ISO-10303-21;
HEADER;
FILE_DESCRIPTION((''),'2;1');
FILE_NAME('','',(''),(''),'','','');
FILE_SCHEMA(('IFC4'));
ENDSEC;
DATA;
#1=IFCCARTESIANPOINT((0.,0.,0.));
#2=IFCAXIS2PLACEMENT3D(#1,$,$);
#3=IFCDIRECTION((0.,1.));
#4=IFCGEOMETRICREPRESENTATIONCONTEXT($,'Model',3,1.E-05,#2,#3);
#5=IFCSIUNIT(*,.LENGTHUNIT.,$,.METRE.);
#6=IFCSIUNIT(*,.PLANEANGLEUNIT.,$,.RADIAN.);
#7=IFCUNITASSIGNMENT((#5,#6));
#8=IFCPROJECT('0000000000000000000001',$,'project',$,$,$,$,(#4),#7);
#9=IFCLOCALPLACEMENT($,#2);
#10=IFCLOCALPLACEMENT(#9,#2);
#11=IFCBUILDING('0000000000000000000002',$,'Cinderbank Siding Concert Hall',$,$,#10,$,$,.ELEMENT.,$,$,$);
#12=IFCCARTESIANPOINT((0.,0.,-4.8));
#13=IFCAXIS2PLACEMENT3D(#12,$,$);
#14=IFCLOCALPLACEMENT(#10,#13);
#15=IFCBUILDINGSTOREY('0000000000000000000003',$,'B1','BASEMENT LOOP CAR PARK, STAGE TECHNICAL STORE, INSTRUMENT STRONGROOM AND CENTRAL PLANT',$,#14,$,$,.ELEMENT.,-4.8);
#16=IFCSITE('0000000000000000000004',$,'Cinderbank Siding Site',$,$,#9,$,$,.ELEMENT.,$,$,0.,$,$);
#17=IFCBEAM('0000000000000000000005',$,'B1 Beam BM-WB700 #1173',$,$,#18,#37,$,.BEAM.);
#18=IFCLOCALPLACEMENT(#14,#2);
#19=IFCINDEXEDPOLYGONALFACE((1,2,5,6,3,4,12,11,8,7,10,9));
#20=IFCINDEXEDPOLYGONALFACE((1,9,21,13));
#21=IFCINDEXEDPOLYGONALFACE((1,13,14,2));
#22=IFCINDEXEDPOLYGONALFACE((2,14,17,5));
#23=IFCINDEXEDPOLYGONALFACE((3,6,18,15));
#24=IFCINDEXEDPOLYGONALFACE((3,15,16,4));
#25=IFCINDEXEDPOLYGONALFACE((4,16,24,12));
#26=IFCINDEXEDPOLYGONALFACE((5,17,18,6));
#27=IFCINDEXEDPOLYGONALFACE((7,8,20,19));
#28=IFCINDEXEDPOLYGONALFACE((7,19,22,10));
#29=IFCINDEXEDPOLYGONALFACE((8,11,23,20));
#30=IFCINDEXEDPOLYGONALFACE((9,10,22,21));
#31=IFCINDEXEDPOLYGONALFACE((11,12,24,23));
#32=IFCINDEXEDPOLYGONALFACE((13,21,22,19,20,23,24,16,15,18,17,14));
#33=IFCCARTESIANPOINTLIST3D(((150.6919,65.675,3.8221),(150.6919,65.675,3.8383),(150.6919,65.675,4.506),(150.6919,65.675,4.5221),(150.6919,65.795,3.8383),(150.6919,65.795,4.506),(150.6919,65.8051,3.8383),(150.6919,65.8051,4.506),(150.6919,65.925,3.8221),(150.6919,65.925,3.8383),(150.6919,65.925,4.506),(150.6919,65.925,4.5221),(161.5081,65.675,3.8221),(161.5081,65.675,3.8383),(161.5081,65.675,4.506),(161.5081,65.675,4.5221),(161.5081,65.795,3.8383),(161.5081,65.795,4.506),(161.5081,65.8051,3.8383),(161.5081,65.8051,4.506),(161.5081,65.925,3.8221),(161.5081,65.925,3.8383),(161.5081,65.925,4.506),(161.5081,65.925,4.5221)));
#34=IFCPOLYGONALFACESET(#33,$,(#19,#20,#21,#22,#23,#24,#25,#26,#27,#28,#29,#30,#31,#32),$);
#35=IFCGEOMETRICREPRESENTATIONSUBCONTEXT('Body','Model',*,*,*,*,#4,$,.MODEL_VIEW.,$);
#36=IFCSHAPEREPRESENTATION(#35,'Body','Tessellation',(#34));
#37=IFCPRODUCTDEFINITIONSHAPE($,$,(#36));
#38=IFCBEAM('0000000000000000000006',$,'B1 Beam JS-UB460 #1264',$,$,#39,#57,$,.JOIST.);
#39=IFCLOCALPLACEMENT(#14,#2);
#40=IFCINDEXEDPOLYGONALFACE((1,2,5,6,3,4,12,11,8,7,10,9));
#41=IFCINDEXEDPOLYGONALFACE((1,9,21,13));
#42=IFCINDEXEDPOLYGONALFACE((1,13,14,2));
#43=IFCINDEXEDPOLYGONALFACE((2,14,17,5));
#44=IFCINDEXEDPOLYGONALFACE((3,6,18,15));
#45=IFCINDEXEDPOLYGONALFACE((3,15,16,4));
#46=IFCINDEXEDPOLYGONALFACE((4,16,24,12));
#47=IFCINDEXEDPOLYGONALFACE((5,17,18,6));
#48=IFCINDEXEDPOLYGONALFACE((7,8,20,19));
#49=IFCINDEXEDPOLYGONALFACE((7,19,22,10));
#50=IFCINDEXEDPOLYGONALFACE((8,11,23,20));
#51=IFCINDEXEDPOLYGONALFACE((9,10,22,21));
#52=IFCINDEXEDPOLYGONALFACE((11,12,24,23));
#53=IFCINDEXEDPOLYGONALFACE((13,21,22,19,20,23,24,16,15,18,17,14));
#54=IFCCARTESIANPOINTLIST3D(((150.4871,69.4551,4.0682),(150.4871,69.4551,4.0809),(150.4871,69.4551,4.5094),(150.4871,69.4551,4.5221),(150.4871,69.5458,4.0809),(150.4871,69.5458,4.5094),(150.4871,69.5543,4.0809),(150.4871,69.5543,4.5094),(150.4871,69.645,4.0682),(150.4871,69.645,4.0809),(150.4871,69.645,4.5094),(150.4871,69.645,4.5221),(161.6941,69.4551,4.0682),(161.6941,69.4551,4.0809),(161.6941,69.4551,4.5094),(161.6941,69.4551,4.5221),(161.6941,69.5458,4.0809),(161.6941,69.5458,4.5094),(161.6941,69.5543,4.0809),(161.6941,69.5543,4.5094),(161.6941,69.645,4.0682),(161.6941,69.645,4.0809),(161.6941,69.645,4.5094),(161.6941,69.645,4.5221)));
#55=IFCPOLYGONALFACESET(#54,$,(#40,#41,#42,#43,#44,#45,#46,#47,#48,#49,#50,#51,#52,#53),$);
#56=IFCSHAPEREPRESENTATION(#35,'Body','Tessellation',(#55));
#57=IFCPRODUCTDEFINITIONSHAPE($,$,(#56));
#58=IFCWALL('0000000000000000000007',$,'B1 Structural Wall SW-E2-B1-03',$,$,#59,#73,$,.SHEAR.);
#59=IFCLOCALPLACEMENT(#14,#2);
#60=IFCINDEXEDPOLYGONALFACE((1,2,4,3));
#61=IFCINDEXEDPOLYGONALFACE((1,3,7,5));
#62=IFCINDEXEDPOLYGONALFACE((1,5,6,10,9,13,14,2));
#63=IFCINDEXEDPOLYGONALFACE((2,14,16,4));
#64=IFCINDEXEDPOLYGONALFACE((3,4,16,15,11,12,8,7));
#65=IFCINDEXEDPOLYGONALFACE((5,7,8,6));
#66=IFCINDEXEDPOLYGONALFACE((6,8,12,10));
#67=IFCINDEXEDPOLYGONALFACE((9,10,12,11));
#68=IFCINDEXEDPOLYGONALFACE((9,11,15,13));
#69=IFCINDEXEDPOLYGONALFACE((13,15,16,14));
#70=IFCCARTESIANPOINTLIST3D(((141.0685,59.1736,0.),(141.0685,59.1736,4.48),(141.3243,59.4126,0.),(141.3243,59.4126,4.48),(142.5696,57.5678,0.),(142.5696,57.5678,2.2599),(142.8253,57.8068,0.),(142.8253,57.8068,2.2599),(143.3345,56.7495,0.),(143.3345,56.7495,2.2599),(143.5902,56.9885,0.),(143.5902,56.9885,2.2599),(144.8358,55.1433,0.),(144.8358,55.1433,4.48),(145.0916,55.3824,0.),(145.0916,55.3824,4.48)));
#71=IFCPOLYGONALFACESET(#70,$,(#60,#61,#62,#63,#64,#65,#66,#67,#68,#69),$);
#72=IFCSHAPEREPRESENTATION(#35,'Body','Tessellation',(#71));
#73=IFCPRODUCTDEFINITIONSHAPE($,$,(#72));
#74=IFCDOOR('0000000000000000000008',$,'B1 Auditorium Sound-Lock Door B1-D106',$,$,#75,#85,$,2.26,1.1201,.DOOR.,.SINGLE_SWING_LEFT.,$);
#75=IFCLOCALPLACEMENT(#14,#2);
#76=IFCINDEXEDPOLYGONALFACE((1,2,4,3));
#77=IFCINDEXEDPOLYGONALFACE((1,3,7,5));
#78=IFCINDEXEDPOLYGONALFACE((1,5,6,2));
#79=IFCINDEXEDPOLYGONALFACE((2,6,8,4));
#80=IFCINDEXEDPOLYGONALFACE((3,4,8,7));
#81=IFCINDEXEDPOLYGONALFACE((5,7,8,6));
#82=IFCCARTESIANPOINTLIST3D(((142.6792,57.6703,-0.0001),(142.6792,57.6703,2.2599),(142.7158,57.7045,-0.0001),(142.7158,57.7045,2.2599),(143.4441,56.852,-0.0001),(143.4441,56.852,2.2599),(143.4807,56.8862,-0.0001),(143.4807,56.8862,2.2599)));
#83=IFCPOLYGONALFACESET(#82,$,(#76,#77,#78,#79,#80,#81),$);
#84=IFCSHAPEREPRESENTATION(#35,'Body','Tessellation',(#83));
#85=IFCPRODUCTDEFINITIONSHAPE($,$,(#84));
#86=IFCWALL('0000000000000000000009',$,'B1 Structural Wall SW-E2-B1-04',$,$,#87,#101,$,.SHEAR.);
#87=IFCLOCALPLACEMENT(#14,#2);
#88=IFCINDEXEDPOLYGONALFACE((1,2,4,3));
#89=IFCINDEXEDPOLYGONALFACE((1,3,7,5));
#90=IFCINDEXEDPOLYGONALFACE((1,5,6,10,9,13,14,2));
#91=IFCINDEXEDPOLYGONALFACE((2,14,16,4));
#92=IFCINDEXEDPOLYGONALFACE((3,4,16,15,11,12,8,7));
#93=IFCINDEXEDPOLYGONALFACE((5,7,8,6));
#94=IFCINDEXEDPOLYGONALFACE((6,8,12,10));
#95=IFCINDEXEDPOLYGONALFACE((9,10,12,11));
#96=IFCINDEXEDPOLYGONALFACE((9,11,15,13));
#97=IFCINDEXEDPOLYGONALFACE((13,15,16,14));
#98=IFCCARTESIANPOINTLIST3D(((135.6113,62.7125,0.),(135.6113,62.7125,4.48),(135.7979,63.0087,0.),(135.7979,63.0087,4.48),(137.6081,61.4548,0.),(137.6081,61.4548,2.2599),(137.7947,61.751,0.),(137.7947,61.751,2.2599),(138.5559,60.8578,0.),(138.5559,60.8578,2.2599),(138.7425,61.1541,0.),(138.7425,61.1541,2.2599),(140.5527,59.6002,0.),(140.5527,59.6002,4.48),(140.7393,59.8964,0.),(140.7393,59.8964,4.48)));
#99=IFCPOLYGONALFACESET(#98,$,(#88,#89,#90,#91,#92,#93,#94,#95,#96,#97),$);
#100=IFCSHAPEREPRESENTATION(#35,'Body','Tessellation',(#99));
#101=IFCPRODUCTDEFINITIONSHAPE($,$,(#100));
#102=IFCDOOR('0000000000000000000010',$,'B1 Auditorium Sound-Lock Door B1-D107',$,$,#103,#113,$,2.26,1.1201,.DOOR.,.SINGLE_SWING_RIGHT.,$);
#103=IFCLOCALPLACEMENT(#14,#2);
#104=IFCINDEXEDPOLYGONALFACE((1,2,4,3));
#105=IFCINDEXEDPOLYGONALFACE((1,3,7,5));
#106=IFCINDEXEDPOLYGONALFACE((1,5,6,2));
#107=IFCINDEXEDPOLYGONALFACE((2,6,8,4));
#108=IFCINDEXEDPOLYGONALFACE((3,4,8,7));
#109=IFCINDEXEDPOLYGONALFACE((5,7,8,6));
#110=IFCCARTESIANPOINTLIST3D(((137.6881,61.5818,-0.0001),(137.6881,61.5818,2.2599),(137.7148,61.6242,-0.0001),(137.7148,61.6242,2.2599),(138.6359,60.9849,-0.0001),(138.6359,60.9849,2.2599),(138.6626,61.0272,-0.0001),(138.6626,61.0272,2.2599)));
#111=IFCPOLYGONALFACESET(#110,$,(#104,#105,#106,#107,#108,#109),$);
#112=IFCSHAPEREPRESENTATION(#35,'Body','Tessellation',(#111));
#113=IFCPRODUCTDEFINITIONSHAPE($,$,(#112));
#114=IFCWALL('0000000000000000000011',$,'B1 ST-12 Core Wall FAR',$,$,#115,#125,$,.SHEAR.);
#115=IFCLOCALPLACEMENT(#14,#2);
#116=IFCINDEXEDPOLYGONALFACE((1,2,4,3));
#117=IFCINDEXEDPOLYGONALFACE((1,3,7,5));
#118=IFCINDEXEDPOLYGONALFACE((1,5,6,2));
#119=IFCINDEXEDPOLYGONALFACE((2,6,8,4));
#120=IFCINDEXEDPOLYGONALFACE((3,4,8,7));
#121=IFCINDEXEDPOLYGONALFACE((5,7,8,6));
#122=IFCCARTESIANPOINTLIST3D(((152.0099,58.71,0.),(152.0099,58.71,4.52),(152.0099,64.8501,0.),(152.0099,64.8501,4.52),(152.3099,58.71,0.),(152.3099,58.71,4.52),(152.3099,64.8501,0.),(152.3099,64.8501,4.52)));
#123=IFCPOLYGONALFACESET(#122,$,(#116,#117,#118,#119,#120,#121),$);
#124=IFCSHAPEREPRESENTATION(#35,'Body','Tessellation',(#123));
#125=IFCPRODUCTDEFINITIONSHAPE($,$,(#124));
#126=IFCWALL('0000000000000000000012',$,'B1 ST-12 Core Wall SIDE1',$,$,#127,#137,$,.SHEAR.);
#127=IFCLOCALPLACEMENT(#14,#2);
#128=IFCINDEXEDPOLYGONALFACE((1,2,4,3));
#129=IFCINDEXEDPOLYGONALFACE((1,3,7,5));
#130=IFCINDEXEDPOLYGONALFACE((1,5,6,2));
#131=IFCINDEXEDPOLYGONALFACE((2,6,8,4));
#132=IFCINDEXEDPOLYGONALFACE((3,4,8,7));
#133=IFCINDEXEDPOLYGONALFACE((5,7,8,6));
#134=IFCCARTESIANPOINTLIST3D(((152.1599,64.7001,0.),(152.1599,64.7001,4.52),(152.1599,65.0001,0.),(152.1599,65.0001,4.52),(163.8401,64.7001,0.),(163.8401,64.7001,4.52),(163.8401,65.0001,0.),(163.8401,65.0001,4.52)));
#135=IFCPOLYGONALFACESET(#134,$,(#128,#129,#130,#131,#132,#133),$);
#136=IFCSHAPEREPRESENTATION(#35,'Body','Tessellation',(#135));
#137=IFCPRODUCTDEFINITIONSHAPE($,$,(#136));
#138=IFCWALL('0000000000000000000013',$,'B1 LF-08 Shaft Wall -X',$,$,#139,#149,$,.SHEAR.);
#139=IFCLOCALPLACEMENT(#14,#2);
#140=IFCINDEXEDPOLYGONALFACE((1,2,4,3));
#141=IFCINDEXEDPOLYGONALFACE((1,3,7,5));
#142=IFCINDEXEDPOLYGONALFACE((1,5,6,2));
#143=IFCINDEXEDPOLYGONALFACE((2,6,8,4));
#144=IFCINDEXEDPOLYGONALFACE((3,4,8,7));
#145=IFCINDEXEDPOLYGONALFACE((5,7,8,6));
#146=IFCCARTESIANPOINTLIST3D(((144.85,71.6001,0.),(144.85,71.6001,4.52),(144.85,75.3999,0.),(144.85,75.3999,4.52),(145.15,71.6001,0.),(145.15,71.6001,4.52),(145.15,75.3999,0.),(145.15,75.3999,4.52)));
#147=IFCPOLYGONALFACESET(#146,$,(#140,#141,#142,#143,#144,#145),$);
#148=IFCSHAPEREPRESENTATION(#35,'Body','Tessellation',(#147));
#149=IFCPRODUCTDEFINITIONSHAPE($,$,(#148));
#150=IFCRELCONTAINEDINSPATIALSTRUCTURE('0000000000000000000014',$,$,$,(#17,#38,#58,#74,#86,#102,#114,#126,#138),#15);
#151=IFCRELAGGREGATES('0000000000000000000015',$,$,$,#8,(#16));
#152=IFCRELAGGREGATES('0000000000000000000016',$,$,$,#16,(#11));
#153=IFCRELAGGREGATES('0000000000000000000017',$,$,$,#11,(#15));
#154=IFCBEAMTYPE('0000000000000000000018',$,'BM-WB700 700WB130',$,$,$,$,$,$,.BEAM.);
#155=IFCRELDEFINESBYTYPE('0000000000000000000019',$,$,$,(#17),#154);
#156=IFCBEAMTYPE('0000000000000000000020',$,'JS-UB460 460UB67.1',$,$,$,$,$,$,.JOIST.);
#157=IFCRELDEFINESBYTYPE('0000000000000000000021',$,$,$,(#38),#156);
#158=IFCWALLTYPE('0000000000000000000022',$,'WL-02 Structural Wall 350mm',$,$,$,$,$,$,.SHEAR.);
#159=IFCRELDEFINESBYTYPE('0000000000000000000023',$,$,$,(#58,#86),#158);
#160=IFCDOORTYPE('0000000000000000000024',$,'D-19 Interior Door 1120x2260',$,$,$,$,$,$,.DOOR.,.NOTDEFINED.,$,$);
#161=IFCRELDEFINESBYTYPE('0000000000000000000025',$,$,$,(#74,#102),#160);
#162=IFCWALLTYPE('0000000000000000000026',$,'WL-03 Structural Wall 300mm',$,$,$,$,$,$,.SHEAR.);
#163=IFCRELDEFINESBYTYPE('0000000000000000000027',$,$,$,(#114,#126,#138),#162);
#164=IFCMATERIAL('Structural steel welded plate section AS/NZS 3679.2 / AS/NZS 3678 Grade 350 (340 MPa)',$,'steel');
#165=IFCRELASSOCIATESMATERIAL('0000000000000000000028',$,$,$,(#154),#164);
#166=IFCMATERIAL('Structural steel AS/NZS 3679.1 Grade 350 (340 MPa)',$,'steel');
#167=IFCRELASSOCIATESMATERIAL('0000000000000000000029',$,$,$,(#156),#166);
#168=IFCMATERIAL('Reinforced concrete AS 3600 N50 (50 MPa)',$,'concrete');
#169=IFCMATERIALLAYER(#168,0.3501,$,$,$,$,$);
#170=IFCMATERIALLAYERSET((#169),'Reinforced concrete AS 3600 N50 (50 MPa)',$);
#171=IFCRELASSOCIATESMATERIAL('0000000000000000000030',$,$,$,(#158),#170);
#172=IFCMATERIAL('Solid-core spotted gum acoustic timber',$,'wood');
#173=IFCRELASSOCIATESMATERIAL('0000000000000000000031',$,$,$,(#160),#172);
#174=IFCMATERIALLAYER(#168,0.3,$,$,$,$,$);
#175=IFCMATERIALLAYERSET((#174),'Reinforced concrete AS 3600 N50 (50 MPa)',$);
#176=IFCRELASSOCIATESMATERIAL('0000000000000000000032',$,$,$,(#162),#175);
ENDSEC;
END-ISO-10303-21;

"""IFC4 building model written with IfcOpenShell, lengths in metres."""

from ifc_helpers import new_model, si_unit, direction, frame, frame_2d, origin, origin_2d, place, context, subcontext, project, spatial, rectangle, i_section, extrude, material, layer, layer_set, material_profile, profile_set, type_object, element, fill, save


model = new_model("IFC4")

# Units and contexts
model_context = context("Model", 3, precision=1e-05, world=origin(), true_north=direction((0.0, 1.0)))
body_context = subcontext(model_context, "Body", "Model", "MODEL_VIEW")
ifc_project = project(units=[si_unit("LENGTHUNIT", "METRE"), si_unit("PLANEANGLEUNIT", "RADIAN")], contexts=[model_context])

# Site, building, storey
site_placement = place(None, origin())
site = spatial("IfcSite", under=ifc_project, at=site_placement, Name="Cinderbank Siding Site", CompositionType="ELEMENT", RefElevation=0.0)
building_placement = place(site_placement, origin())
building = spatial("IfcBuilding", under=site, at=building_placement, Name="Cinderbank Siding Concert Hall", CompositionType="ELEMENT")
storey_placement = place(building_placement, frame((0.0, 0.0, -4.8)))
storey = spatial("IfcBuildingStorey", under=building, at=storey_placement, Name="B1", Description="BASEMENT LOOP CAR PARK, STAGE TECHNICAL STORE, INSTRUMENT STRONGROOM AND CENTRAL PLANT", CompositionType="ELEMENT", Elevation=-4.8)

# Shared definitions
ifc_material_1 = material(Name="Reinforced concrete AS 3600 N50 (50 MPa)", Category="concrete")

# Beams
ifc_material_2 = material(Name="Structural steel AS/NZS 3679.1 Grade 350 (340 MPa)", Category="steel")
ifc_material_3 = material(Name="Structural steel welded plate section AS/NZS 3679.2 / AS/NZS 3678 Grade 350 (340 MPa)", Category="steel")
ifc_material_profile_1 = material_profile(ifc_material_3, i_section(OverallWidth=0.25, OverallDepth=0.7, WebThickness=0.01, FlangeThickness=0.0161, at=origin_2d()), Name="700WB130", Category="LoadBearing")
ifc_profile_set_1 = profile_set([ifc_material_profile_1], Name="Structural steel welded plate section AS/NZS 3679.2 / AS/NZS 3678 Grade 350 (340 MPa)")
beam_type_1 = type_object("IfcBeamType", Name="BM-WB700 700WB130", PredefinedType="BEAM", material=ifc_profile_set_1)
beam_1_placement = place(storey_placement, frame((150.6919, 65.8, 4.1721), z_axis=(1.0, 0.0, 0.0), x_axis=(0.0, 1.0, 0.0)))
element("IfcBeam", 1, at=beam_1_placement, inside=storey, type_object=beam_type_1, Name="B1 Beam BM-WB700 #1173", PredefinedType="BEAM", context=body_context, shape_type="SweptSolid", body=[
    extrude(i_section(OverallWidth=0.25, OverallDepth=0.7, WebThickness=0.01, FlangeThickness=0.0161, at=origin_2d()), origin(), (0.0, 0.0, 1.0), 10.8162),
])
ifc_material_profile_2 = material_profile(ifc_material_2, i_section(OverallWidth=0.1899, OverallDepth=0.4539, WebThickness=0.0085, FlangeThickness=0.0127, at=origin_2d()), Name="460UB67.1", Category="LoadBearing")
ifc_profile_set_2 = profile_set([ifc_material_profile_2], Name="Structural steel AS/NZS 3679.1 Grade 350 (340 MPa)")
beam_type_2 = type_object("IfcBeamType", Name="JS-UB460 460UB67.1", PredefinedType="JOIST", material=ifc_profile_set_2)
beam_2_placement = place(storey_placement, frame((150.4871, 69.55, 4.2952), z_axis=(1.0, 0.0, 0.0), x_axis=(0.0, 1.0, 0.0)))
element("IfcBeam", 2, at=beam_2_placement, inside=storey, type_object=beam_type_2, Name="B1 Beam JS-UB460 #1264", PredefinedType="JOIST", context=body_context, shape_type="SweptSolid", body=[
    extrude(i_section(OverallWidth=0.1899, OverallDepth=0.4539, WebThickness=0.0085, FlangeThickness=0.0127, at=origin_2d()), origin(), (0.0, 0.0, 1.0), 11.207),
])

# Walls, openings, doors
ifc_layer_1 = layer(ifc_material_1, 0.3501)
ifc_layer_set_1 = layer_set([ifc_layer_1], Name="Reinforced concrete AS 3600 N50 (50 MPa)")
wall_type_1 = type_object("IfcWallType", Name="WL-02 Structural Wall 350mm", PredefinedType="SHEAR", material=ifc_layer_set_1)
wall_1_placement = place(storey_placement, frame((144.9636, 55.2629, 0.0), z_axis=(0.0, 0.0, 1.0), x_axis=(-0.682875, 0.730536, 0.0)))
wall_1 = element("IfcWall", 3, at=wall_1_placement, inside=storey, type_object=wall_type_1, Name="B1 Structural Wall SW-E2-B1-03", PredefinedType="SHEAR", context=body_context, shape_type="SweptSolid", body=[
    extrude(rectangle(XDim=5.5168, YDim=0.3501, at=frame_2d((2.7583, 0.0))), origin(), (0.0, 0.0, 1.0), 4.48),
])
opening_1_placement = place(wall_1_placement, frame((2.1985, 0.0, 0.0)))
opening_1 = element("IfcOpeningElement", 4, at=opening_1_placement, cuts=wall_1, PredefinedType="OPENING", context=body_context, shape_type="SweptSolid", body=[
    extrude(rectangle(XDim=1.1201, YDim=2.26, at=frame_2d((0.5601, 1.1299))), frame((0.0, 0.187, 0.0), z_axis=(0.0, -1.0, 0.0), x_axis=(1.0, 0.0, 0.0)), (0.0, 0.0, 1.0), 0.374),
])
ifc_material_4 = material(Name="Solid-core spotted gum acoustic timber", Category="wood")
door_type = type_object("IfcDoorType", Name="D-19 Interior Door 1120x2260", OperationType="NOTDEFINED", PredefinedType="DOOR", material=ifc_material_4)
door_1_placement = place(opening_1_placement, origin())
door_1 = element("IfcDoor", 5, at=door_1_placement, inside=storey, type_object=door_type, Name="B1 Auditorium Sound-Lock Door B1-D106", OperationType="SINGLE_SWING_LEFT", OverallHeight=2.26, OverallWidth=1.1201, PredefinedType="DOOR", context=body_context, shape_type="SweptSolid", body=[
    extrude(rectangle(XDim=1.1201, YDim=2.26, at=frame_2d((0.5601, 1.1299))), frame((0.0, 0.0249, 0.0), z_axis=(0.0, -1.0, 0.0), x_axis=(1.0, 0.0, 0.0)), (0.0, 0.0, 1.0), 0.05),
])
fill(opening_1, door_1)
wall_2_placement = place(storey_placement, frame((140.646, 59.7483, 0.0), z_axis=(0.0, 0.0, 1.0), x_axis=(-0.846152, 0.532942, 0.0)))
wall_2 = element("IfcWall", 6, at=wall_2_placement, inside=storey, type_object=wall_type_1, Name="B1 Structural Wall SW-E2-B1-04", PredefinedType="SHEAR", context=body_context, shape_type="SweptSolid", body=[
    extrude(rectangle(XDim=5.8398, YDim=0.3501, at=frame_2d((2.9199, 0.0))), origin(), (0.0, 0.0, 1.0), 4.48),
])
opening_2_placement = place(wall_2_placement, frame((2.3599, 0.0, 0.0)))
opening_2 = element("IfcOpeningElement", 7, at=opening_2_placement, cuts=wall_2, PredefinedType="OPENING", context=body_context, shape_type="SweptSolid", body=[
    extrude(rectangle(XDim=1.1201, YDim=2.26, at=frame_2d((0.5601, 1.1299))), frame((0.0, 0.187, 0.0), z_axis=(0.0, -1.0, 0.0), x_axis=(1.0, 0.0, 0.0)), (0.0, 0.0, 1.0), 0.374),
])
door_2_placement = place(opening_2_placement, origin())
door_2 = element("IfcDoor", 8, at=door_2_placement, inside=storey, type_object=door_type, Name="B1 Auditorium Sound-Lock Door B1-D107", OperationType="SINGLE_SWING_RIGHT", OverallHeight=2.26, OverallWidth=1.1201, PredefinedType="DOOR", context=body_context, shape_type="SweptSolid", body=[
    extrude(rectangle(XDim=1.1201, YDim=2.26, at=frame_2d((0.5601, 1.1299))), frame((0.0, 0.0249, 0.0), z_axis=(0.0, -1.0, 0.0), x_axis=(1.0, 0.0, 0.0)), (0.0, 0.0, 1.0), 0.05),
])
fill(opening_2, door_2)

# Walls
ifc_layer_2 = layer(ifc_material_1, 0.3)
ifc_layer_set_2 = layer_set([ifc_layer_2], Name="Reinforced concrete AS 3600 N50 (50 MPa)")
wall_type_2 = type_object("IfcWallType", Name="WL-03 Structural Wall 300mm", PredefinedType="SHEAR", material=ifc_layer_set_2)
wall_3_placement = place(storey_placement, frame((152.1599, 58.71, 0.0), z_axis=(0.0, 0.0, 1.0), x_axis=(0.0, 1.0, 0.0)))
element("IfcWall", 9, at=wall_3_placement, inside=storey, type_object=wall_type_2, Name="B1 ST-12 Core Wall FAR", PredefinedType="SHEAR", context=body_context, shape_type="SweptSolid", body=[
    extrude(rectangle(XDim=6.1401, YDim=0.3, at=frame_2d((3.0701, 0.0))), origin(), (0.0, 0.0, 1.0), 4.52),
])
wall_4_placement = place(storey_placement, frame((152.1599, 64.8501, 0.0), z_axis=(0.0, 0.0, 1.0), x_axis=(1.0, 0.0, 0.0)))
element("IfcWall", 10, at=wall_4_placement, inside=storey, type_object=wall_type_2, Name="B1 ST-12 Core Wall SIDE1", PredefinedType="SHEAR", context=body_context, shape_type="SweptSolid", body=[
    extrude(rectangle(XDim=11.6802, YDim=0.3, at=frame_2d((5.8401, 0.0))), origin(), (0.0, 0.0, 1.0), 4.52),
])
wall_5_placement = place(storey_placement, frame((145.0, 71.6001, 0.0), z_axis=(0.0, 0.0, 1.0), x_axis=(0.0, 1.0, 0.0)))
element("IfcWall", 11, at=wall_5_placement, inside=storey, type_object=wall_type_2, Name="B1 LF-08 Shaft Wall -X", PredefinedType="SHEAR", context=body_context, shape_type="SweptSolid", body=[
    extrude(rectangle(XDim=3.7998, YDim=0.3, at=frame_2d((1.8999, 0.0))), origin(), (0.0, 0.0, 1.0), 4.52),
])

save(model, "model.ifc")
